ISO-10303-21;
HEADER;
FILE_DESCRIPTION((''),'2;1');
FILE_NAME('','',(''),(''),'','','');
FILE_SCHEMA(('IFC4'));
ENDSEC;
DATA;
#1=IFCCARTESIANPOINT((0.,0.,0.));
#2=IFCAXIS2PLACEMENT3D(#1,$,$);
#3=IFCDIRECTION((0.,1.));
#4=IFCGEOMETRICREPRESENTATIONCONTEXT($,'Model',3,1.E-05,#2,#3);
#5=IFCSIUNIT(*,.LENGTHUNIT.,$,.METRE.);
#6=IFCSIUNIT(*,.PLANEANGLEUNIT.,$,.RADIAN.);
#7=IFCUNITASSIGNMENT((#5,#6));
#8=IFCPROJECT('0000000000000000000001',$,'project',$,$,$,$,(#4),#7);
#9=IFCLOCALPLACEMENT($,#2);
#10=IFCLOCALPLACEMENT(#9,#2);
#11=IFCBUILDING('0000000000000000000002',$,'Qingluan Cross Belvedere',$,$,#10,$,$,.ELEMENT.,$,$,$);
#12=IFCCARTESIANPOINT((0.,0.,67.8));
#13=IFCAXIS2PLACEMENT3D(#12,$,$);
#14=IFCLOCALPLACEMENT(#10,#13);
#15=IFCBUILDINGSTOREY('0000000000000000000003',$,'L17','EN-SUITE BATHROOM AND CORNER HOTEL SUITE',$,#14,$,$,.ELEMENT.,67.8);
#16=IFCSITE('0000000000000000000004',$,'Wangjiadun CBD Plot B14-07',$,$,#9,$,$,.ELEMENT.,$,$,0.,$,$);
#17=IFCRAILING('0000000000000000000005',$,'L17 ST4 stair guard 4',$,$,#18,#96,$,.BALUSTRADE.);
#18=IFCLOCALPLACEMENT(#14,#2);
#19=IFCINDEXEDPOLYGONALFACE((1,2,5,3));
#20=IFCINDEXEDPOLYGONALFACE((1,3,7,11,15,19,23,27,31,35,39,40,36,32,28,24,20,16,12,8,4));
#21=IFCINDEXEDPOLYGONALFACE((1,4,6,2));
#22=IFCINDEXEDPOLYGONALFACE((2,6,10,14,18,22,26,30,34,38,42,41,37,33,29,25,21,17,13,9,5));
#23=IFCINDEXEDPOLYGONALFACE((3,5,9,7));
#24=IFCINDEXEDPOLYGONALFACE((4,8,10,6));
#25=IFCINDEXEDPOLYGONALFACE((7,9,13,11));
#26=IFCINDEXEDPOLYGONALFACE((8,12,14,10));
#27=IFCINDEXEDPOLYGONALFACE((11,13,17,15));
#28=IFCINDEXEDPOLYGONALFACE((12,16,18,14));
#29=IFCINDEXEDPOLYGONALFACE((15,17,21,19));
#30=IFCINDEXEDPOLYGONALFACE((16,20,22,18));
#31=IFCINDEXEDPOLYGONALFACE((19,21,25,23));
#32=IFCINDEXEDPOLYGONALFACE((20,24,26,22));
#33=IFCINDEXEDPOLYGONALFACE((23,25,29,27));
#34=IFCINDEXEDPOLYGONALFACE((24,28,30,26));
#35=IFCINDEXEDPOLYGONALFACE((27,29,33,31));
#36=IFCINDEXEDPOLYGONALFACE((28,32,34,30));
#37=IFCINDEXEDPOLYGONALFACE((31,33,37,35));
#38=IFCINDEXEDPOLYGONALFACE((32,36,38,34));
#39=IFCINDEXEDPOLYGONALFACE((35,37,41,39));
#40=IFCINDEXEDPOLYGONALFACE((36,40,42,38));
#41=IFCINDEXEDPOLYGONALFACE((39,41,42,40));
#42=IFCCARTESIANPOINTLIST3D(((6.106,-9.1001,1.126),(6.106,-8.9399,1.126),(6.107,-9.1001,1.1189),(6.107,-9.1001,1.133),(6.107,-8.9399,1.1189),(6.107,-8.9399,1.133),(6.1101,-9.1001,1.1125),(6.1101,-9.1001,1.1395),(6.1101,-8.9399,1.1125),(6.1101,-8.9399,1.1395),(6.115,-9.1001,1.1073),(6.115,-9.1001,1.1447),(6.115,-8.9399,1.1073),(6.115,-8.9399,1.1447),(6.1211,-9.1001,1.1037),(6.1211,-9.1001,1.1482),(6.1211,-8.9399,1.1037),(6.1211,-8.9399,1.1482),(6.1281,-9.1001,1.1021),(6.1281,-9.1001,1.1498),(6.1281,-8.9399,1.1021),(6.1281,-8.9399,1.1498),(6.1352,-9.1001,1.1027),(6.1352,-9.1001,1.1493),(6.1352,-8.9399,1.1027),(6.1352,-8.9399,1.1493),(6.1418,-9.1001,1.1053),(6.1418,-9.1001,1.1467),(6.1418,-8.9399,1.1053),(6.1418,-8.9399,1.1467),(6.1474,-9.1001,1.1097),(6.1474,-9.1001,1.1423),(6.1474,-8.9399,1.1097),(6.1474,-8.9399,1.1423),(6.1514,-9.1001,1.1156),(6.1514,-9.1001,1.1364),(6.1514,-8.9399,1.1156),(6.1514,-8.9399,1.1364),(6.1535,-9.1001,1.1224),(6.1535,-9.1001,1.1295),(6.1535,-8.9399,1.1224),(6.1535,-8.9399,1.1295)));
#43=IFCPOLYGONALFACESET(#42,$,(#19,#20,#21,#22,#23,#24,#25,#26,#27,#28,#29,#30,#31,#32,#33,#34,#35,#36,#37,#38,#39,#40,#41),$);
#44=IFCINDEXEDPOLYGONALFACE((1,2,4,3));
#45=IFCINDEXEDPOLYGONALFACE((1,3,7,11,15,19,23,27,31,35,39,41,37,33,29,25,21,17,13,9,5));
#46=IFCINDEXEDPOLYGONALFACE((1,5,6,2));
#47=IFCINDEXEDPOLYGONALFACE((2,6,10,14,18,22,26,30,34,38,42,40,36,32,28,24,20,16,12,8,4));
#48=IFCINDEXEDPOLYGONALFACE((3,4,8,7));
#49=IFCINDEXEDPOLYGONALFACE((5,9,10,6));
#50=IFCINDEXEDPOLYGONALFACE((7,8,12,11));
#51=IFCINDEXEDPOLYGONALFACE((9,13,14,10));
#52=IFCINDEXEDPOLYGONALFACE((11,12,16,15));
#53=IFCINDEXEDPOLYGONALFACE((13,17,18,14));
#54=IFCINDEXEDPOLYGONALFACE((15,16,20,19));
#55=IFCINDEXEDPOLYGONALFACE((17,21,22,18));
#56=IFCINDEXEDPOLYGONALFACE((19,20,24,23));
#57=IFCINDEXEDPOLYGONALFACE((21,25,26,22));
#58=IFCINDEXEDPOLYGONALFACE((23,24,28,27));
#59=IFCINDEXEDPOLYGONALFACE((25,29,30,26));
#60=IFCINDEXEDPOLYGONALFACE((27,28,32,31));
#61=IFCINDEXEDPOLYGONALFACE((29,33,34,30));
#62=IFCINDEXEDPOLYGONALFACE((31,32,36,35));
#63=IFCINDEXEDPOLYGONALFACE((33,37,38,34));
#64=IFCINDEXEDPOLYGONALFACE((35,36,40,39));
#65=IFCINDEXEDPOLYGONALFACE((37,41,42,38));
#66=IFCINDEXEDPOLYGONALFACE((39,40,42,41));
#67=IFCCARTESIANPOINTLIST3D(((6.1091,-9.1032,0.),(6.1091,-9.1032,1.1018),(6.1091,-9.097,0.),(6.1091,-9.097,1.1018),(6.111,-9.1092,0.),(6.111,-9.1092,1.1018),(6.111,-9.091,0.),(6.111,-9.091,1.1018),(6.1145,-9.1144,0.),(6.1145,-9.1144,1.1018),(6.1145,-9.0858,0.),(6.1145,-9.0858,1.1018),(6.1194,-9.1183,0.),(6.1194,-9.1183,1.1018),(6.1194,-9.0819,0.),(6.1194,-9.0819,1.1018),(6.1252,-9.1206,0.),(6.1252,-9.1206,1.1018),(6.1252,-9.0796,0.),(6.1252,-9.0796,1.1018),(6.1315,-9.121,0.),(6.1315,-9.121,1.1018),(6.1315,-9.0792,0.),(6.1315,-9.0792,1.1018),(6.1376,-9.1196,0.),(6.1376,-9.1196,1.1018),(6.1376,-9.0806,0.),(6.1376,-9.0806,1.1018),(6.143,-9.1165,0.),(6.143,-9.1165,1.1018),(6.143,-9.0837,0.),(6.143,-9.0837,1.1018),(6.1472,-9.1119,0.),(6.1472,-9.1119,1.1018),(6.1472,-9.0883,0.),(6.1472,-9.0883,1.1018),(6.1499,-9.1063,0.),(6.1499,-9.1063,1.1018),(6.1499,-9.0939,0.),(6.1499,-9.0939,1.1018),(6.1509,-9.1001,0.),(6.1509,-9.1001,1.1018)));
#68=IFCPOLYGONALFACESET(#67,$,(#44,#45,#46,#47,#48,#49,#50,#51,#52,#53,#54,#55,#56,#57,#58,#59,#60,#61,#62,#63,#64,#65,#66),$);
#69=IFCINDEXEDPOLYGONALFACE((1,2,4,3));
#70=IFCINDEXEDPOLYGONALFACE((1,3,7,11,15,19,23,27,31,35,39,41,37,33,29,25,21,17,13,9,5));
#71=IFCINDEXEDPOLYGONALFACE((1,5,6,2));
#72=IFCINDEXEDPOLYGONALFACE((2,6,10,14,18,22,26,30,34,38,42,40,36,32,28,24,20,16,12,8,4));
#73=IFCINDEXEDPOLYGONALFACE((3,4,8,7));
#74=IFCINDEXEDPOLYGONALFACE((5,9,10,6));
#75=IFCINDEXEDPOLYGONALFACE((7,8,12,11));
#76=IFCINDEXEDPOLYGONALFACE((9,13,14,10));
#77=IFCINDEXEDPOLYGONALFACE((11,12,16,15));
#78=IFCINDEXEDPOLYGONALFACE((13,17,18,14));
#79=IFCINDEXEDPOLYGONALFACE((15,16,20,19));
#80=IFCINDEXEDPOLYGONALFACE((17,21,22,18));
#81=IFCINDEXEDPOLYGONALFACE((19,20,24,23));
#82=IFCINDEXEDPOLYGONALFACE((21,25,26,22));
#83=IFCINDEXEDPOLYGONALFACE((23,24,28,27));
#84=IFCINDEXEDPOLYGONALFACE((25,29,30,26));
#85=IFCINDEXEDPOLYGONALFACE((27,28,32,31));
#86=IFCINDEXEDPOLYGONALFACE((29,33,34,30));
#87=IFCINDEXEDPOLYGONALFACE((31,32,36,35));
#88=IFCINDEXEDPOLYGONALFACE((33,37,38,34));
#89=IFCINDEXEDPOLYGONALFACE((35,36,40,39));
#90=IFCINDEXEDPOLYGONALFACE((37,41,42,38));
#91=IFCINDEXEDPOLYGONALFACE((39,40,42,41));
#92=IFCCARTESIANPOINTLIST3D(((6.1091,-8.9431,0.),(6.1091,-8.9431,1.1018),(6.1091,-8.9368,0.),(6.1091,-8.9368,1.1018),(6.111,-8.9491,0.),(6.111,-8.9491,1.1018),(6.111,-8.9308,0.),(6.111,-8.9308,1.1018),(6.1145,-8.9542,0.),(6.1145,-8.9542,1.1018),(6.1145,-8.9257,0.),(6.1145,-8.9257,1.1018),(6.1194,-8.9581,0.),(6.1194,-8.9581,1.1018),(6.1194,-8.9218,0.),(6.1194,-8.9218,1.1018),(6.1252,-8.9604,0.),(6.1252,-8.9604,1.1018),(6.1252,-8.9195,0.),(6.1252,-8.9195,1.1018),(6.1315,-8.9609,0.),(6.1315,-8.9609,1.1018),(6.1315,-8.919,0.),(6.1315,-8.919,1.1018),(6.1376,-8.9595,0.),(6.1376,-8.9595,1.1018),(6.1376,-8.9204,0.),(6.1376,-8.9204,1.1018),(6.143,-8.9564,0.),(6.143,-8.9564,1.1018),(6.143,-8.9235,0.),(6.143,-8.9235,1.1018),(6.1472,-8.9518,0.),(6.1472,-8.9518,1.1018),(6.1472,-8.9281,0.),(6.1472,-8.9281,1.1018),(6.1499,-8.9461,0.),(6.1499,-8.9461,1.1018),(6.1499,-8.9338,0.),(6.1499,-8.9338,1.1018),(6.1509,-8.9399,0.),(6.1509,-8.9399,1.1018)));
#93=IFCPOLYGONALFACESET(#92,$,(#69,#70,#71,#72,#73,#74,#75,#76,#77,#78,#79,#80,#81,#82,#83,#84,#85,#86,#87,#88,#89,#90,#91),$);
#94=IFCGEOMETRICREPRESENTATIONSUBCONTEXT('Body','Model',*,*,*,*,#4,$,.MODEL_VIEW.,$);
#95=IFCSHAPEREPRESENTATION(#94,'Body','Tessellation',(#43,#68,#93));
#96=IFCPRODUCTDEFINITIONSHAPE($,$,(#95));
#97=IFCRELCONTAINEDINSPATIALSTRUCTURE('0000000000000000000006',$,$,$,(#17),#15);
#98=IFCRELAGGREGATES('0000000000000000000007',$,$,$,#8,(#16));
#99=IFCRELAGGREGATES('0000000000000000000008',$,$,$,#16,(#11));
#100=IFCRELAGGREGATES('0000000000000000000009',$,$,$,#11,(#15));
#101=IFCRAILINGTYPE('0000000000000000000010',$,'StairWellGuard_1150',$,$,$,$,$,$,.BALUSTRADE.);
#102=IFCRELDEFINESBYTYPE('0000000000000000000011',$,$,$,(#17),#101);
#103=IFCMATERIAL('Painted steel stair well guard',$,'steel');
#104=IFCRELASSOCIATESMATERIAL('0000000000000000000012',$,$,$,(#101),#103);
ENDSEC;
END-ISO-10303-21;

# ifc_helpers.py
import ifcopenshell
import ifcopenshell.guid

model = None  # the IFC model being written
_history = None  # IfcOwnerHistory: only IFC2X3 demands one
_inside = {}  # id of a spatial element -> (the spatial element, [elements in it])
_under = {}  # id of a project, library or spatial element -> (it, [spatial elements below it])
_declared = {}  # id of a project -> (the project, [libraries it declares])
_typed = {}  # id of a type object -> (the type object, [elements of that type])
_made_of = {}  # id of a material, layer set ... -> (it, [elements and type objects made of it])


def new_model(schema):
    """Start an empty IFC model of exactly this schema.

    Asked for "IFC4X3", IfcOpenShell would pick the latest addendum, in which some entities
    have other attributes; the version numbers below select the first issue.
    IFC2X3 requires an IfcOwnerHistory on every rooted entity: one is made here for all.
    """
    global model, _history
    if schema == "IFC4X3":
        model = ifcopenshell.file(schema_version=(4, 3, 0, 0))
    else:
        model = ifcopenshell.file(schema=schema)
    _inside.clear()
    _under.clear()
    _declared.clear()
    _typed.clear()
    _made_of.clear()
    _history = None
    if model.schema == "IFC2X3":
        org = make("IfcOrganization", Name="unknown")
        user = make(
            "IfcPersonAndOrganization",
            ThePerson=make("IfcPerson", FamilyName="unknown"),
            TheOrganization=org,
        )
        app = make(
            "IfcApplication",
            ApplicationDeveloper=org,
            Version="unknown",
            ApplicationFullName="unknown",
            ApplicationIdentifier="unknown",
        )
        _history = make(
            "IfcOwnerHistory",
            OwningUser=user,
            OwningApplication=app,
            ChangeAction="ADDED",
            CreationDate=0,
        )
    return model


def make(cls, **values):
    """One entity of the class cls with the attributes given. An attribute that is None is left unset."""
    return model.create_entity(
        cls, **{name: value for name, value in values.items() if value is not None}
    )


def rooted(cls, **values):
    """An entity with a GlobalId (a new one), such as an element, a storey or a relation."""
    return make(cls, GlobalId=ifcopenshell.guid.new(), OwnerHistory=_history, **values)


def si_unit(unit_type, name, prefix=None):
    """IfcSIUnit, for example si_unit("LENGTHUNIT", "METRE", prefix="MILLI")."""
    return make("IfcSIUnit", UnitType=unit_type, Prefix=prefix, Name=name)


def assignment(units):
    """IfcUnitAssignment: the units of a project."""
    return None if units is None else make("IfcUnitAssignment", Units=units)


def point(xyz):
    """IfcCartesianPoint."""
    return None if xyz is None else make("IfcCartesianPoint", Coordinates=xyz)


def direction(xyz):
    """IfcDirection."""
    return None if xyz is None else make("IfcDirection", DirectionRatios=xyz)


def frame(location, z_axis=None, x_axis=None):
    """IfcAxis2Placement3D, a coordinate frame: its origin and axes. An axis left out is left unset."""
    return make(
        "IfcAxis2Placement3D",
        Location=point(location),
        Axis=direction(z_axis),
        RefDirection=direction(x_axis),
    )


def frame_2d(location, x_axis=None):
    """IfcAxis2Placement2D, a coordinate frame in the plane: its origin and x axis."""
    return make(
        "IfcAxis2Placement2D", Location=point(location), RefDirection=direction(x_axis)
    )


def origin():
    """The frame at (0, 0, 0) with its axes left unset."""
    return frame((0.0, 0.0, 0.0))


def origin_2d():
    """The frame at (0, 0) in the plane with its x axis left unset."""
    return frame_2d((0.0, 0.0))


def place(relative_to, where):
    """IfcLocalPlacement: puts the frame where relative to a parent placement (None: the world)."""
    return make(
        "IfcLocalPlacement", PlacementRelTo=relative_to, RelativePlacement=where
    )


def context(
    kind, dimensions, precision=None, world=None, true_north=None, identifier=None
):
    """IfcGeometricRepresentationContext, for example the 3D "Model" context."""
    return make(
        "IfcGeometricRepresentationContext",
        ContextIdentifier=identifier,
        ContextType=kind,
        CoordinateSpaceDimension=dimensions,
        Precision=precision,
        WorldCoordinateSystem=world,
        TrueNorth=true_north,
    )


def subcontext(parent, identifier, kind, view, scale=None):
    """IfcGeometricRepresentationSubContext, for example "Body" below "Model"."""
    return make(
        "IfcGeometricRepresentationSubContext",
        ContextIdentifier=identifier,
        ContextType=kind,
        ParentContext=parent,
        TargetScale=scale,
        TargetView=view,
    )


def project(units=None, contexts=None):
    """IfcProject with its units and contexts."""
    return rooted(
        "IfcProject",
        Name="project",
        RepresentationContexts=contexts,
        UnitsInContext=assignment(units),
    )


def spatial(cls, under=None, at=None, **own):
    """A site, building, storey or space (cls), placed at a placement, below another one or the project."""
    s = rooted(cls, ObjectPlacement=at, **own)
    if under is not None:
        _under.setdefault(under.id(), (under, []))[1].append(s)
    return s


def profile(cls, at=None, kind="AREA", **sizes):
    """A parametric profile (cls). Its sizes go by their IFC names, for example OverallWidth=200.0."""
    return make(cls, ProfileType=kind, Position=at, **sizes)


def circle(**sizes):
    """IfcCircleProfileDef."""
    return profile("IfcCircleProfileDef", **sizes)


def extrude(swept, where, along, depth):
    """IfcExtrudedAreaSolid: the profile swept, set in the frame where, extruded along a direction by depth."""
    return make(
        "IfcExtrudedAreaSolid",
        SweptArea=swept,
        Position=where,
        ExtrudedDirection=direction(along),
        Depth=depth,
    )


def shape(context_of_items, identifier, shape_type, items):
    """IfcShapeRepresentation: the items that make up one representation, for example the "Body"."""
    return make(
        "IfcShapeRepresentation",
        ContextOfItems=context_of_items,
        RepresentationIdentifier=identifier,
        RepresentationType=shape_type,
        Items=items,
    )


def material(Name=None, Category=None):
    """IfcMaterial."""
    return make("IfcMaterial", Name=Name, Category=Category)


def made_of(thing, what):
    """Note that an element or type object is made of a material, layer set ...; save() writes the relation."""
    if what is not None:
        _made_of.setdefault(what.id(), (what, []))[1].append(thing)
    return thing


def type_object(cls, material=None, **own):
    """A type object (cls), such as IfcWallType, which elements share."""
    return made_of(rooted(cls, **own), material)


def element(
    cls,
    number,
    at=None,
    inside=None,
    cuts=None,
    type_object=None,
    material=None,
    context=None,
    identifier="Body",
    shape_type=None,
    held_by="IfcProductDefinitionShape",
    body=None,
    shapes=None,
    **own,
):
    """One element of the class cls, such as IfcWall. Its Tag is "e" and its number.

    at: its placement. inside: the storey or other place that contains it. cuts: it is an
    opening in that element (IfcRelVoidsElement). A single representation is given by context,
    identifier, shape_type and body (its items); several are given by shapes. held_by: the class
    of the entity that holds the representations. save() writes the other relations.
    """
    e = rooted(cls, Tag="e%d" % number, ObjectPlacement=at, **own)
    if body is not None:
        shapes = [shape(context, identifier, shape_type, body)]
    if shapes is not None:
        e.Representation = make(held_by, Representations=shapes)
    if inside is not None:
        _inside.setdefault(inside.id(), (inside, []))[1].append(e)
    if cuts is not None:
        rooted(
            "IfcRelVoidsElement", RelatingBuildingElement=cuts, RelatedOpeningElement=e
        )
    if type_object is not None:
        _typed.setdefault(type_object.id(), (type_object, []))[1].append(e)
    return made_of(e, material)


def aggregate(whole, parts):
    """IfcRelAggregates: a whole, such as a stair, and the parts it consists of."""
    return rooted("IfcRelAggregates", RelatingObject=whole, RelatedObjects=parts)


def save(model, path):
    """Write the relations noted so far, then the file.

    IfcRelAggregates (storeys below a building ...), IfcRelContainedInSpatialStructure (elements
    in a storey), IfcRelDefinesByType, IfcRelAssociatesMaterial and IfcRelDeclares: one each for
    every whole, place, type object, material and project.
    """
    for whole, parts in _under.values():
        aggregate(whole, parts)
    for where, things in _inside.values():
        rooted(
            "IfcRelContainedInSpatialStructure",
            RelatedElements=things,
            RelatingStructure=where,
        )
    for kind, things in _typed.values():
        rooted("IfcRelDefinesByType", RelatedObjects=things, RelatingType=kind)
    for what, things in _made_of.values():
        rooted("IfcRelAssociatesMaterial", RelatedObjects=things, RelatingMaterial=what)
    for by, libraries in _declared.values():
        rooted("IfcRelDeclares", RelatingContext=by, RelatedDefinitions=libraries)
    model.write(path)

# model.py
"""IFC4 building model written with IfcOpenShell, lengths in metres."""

from ifc_helpers import new_model, si_unit, direction, frame, origin, origin_2d, place, context, subcontext, project, spatial, circle, extrude, material, type_object, element, save


model = new_model("IFC4")

# Units and contexts
model_context = context("Model", 3, precision=1e-05, world=origin(), true_north=direction((0.0, 1.0)))
body_context = subcontext(model_context, "Body", "Model", "MODEL_VIEW")
ifc_project = project(units=[si_unit("LENGTHUNIT", "METRE"), si_unit("PLANEANGLEUNIT", "RADIAN")], contexts=[model_context])

# Site, building, storey
site_placement = place(None, origin())
site = spatial("IfcSite", under=ifc_project, at=site_placement, Name="Wangjiadun CBD Plot B14-07", CompositionType="ELEMENT", RefElevation=0.0)
building_placement = place(site_placement, origin())
building = spatial("IfcBuilding", under=site, at=building_placement, Name="Qingluan Cross Belvedere", CompositionType="ELEMENT")
storey_placement = place(building_placement, frame((0.0, 0.0, 67.8)))
storey = spatial("IfcBuildingStorey", under=building, at=storey_placement, Name="L17", Description="EN-SUITE BATHROOM AND CORNER HOTEL SUITE", CompositionType="ELEMENT", Elevation=67.8)

# Railing
ifc_material_1 = material(Name="Painted steel stair well guard", Category="steel")
railing_type_1 = type_object("IfcRailingType", Name="StairWellGuard_1150", PredefinedType="BALUSTRADE", material=ifc_material_1)
railing_1_placement = place(storey_placement, frame((6.1299, -9.1001, 0.0)))
element("IfcRailing", 1, at=railing_1_placement, inside=storey, type_object=railing_type_1, Name="L17 ST4 stair guard 4", PredefinedType="BALUSTRADE", context=body_context, shape_type="SweptSolid", body=[
    extrude(circle(Radius=0.0239, at=origin_2d()), frame((0.0, 0.0, 1.126), z_axis=(0.0, 1.0, 0.0), x_axis=(-1.0, 0.0, 0.0)), (0.0, 0.0, 1.0), 0.1602),
    extrude(circle(Radius=0.021, at=origin_2d()), origin(), (0.0, 0.0, 1.0), 1.1018),
    extrude(circle(Radius=0.021, at=origin_2d()), frame((0.0, 0.1602, 0.0)), (0.0, 0.0, 1.0), 1.1018),
])

save(model, "model.ifc")
